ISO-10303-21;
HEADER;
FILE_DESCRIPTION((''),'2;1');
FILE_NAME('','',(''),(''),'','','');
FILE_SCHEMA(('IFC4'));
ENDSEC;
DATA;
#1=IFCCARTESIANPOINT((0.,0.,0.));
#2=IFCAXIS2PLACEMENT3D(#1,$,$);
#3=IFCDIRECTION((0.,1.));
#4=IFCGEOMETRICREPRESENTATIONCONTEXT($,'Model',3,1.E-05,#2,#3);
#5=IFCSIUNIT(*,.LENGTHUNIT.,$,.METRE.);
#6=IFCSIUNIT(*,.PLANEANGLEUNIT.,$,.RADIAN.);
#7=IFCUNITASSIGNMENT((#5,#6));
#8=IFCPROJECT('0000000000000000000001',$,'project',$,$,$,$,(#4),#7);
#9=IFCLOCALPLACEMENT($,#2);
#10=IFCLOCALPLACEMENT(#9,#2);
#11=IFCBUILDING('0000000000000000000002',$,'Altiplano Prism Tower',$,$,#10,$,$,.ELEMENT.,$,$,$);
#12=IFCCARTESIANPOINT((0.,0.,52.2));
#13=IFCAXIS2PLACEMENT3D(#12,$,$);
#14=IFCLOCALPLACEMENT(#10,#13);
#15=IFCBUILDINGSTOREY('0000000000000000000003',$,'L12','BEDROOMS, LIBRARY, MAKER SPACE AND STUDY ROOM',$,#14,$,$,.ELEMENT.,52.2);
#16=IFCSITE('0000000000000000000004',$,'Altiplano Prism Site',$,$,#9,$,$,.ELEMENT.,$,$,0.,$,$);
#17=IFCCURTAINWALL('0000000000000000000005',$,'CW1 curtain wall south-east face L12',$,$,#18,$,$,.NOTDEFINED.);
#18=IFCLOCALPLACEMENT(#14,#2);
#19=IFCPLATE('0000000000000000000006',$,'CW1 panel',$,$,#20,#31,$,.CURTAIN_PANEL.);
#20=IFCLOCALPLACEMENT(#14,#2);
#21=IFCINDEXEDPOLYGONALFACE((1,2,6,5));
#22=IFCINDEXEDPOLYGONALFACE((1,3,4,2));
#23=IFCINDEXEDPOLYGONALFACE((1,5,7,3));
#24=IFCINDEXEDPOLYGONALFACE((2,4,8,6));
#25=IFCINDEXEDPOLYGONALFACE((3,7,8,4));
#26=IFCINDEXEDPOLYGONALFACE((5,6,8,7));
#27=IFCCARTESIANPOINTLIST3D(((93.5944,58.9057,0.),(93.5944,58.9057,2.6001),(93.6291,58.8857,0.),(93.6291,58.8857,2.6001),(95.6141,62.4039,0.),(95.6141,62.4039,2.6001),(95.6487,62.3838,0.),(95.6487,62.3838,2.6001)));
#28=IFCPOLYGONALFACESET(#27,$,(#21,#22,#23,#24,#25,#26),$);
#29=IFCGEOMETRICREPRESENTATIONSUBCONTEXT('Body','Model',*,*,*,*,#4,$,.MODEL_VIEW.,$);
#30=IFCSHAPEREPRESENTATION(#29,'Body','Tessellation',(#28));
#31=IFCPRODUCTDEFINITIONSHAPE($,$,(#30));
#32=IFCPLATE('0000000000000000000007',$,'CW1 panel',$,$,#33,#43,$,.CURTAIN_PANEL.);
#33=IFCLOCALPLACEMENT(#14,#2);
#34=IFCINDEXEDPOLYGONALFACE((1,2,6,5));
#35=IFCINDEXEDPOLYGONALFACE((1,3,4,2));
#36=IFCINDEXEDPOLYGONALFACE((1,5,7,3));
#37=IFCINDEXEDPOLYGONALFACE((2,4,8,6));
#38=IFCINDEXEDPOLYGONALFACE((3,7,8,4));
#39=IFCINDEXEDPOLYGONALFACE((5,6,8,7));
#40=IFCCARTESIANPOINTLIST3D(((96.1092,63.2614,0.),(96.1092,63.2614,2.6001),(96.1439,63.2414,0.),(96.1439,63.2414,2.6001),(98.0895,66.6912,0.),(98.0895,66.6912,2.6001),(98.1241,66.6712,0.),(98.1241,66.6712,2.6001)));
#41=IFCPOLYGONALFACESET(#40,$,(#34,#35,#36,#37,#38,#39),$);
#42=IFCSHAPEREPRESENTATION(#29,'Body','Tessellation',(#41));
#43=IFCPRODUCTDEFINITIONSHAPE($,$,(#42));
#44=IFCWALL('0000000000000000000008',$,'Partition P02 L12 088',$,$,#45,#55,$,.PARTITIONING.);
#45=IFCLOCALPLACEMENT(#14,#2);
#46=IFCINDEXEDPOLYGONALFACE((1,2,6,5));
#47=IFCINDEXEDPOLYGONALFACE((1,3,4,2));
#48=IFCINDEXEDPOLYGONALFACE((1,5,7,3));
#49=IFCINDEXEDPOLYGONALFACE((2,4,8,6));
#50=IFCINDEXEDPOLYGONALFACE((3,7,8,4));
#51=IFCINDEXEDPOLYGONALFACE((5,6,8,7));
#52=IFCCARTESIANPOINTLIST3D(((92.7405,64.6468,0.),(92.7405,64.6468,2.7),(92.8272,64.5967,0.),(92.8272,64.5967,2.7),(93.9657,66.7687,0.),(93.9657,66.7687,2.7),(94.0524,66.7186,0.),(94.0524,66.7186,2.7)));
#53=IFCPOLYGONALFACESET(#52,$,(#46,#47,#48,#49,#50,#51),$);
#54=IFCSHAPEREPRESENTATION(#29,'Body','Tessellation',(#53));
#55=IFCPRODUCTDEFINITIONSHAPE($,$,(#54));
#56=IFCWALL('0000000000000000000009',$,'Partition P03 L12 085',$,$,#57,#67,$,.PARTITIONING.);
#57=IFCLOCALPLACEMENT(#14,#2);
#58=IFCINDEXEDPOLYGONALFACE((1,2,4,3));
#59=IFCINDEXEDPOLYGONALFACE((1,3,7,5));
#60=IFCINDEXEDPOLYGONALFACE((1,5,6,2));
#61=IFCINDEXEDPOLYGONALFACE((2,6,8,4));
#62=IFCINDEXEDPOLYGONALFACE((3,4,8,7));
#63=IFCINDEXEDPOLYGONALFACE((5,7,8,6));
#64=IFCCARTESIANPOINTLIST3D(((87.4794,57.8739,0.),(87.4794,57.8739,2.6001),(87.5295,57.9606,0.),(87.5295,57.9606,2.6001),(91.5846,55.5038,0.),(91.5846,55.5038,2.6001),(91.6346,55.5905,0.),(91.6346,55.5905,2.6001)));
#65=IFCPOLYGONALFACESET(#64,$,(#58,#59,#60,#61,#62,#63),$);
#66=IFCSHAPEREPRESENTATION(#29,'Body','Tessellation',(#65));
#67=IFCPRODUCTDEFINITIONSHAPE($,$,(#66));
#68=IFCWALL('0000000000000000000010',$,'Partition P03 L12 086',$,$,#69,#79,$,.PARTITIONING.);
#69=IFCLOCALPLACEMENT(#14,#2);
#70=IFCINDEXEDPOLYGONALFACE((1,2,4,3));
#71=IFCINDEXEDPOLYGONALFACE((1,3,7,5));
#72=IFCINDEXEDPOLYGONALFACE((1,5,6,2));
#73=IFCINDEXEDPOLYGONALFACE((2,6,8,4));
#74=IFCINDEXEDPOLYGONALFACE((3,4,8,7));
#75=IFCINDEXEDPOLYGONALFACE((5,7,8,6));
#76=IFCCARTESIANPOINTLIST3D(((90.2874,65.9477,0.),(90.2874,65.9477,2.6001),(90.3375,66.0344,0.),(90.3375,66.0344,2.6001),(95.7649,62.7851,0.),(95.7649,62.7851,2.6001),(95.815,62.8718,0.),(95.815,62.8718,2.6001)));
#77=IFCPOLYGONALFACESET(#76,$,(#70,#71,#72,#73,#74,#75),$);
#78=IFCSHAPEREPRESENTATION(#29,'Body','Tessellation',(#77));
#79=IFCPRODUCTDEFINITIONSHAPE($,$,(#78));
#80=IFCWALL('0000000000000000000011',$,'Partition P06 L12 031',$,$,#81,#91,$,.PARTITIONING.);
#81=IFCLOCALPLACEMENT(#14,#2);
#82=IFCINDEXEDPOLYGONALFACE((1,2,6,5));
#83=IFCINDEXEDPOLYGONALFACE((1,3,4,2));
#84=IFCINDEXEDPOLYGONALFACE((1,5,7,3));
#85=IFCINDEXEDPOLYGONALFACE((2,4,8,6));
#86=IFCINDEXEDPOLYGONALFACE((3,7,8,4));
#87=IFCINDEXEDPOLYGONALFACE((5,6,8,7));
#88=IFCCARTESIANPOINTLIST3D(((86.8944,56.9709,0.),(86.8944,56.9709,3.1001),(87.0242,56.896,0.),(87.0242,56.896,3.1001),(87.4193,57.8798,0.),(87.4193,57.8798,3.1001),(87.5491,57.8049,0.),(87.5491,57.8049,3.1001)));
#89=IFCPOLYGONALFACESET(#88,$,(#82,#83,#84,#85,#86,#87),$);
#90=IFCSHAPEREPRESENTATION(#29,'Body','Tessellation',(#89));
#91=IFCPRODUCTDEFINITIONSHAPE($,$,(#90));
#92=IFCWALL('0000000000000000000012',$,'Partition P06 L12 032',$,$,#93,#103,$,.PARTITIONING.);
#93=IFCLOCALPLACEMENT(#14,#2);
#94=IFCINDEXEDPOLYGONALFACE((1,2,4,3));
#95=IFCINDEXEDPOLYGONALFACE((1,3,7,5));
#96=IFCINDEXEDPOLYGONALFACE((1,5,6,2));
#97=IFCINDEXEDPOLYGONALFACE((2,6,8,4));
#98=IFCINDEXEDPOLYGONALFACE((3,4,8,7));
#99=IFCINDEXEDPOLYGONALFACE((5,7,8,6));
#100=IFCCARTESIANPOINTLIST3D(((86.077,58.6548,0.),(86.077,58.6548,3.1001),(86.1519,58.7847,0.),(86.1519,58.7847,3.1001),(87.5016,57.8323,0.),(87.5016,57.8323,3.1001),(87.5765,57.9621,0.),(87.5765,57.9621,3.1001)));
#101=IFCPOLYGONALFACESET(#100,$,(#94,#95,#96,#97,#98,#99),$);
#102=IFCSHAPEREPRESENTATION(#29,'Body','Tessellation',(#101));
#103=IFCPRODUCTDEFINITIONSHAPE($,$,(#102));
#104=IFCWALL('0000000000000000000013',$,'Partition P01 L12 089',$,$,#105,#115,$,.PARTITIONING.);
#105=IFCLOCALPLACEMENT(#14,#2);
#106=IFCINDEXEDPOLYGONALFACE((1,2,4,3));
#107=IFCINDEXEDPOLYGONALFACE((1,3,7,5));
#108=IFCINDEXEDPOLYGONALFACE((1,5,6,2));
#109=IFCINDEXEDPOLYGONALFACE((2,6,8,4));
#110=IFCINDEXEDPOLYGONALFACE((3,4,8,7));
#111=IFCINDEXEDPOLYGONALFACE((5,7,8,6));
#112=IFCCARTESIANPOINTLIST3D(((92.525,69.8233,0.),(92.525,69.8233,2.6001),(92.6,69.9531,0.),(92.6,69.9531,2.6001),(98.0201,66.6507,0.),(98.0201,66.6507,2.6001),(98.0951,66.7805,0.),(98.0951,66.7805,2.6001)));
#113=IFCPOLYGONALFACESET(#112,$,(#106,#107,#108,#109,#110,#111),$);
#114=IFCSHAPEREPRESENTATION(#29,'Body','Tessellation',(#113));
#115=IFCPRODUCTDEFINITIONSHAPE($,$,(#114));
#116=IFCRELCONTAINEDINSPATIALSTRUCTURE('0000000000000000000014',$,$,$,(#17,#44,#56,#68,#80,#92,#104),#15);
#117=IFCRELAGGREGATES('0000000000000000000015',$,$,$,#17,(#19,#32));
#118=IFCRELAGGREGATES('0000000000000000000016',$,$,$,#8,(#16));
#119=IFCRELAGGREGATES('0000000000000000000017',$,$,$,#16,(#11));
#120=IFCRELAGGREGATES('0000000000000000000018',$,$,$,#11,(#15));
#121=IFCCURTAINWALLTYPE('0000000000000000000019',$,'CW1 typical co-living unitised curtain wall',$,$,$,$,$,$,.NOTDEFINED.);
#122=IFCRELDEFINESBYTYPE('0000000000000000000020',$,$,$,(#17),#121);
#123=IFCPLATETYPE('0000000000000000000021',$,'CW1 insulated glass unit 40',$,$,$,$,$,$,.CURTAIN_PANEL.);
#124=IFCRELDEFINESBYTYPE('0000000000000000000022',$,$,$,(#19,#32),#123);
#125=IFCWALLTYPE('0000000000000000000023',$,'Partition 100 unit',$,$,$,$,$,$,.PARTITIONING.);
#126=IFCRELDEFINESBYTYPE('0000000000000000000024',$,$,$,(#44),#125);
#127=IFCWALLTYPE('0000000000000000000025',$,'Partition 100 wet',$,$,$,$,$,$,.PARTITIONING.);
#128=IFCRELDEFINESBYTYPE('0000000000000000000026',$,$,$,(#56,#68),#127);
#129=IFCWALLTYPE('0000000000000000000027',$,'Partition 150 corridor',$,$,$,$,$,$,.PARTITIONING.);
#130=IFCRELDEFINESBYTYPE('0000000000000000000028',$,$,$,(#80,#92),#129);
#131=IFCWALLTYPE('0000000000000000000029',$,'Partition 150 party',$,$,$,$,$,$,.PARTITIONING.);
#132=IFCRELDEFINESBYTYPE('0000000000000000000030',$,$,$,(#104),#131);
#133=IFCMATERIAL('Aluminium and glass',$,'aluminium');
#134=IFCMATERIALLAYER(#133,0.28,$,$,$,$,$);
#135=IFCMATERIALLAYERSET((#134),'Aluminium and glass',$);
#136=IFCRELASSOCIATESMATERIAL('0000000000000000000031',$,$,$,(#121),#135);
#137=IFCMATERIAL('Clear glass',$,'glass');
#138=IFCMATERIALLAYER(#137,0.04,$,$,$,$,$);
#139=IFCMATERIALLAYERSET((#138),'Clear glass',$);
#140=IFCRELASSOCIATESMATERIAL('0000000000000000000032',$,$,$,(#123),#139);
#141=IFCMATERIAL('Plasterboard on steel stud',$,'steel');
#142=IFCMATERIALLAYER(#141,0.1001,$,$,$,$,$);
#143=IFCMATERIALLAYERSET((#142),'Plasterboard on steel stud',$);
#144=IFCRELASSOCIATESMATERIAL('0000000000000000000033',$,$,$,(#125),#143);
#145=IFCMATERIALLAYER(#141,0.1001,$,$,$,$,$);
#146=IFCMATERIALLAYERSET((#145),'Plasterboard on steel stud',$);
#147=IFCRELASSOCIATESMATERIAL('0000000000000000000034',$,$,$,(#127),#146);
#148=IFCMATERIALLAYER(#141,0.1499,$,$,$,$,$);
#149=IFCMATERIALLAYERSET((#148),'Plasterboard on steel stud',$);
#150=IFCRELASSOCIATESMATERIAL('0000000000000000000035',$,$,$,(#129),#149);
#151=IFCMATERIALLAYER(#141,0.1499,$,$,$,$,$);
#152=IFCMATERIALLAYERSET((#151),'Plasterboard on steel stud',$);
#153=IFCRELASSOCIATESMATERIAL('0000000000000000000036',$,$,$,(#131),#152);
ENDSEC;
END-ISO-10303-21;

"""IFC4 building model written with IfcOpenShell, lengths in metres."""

from ifc_helpers import new_model, si_unit, direction, frame, frame_2d, origin, origin_2d, place, context, subcontext, project, spatial, rectangle, extrude, material, layer, layer_set, type_object, element, aggregate, save


model = new_model("IFC4")

# Units and contexts
model_context = context("Model", 3, precision=1e-05, world=origin(), true_north=direction((0.0, 1.0)))
body_context = subcontext(model_context, "Body", "Model", "MODEL_VIEW")
ifc_project = project(units=[si_unit("LENGTHUNIT", "METRE"), si_unit("PLANEANGLEUNIT", "RADIAN")], contexts=[model_context])

# Site, building, storey
site_placement = place(None, origin())
site = spatial("IfcSite", under=ifc_project, at=site_placement, Name="Altiplano Prism Site", CompositionType="ELEMENT", RefElevation=0.0)
building_placement = place(site_placement, origin())
building = spatial("IfcBuilding", under=site, at=building_placement, Name="Altiplano Prism Tower", CompositionType="ELEMENT")
storey_placement = place(building_placement, frame((0.0, 0.0, 52.2)))
storey = spatial("IfcBuildingStorey", under=building, at=storey_placement, Name="L12", Description="BEDROOMS, LIBRARY, MAKER SPACE AND STUDY ROOM", CompositionType="ELEMENT", Elevation=52.2)

# Curtain wall
ifc_material_1 = material(Name="Aluminium and glass", Category="aluminium")
ifc_layer_1 = layer(ifc_material_1, 0.28)
ifc_layer_set_1 = layer_set([ifc_layer_1], Name="Aluminium and glass")
curtain_wall_type = type_object("IfcCurtainWallType", Name="CW1 typical co-living unitised curtain wall", PredefinedType="NOTDEFINED", material=ifc_layer_set_1)
curtain_wall_1_placement = place(storey_placement, origin())
curtain_wall_1 = element("IfcCurtainWall", 1, at=curtain_wall_1_placement, inside=storey, type_object=curtain_wall_type, Name="CW1 curtain wall south-east face L12", PredefinedType="NOTDEFINED")

# Plates
ifc_material_2 = material(Name="Clear glass", Category="glass")
ifc_layer_2 = layer(ifc_material_2, 0.04)
ifc_layer_set_2 = layer_set([ifc_layer_2], Name="Clear glass")
plate_type = type_object("IfcPlateType", Name="CW1 insulated glass unit 40", PredefinedType="CURTAIN_PANEL", material=ifc_layer_set_2)
plate_1_placement = place(storey_placement, frame((94.6216, 60.6448, 0.0), z_axis=(0.0, 0.0, 1.0), x_axis=(0.5, 0.866025, 0.0)))
plate_1 = element("IfcPlate", 2, at=plate_1_placement, type_object=plate_type, Name="CW1 panel", PredefinedType="CURTAIN_PANEL", context=body_context, shape_type="SweptSolid", body=[
    extrude(rectangle(XDim=4.0393, YDim=0.04, at=origin_2d()), origin(), (0.0, 0.0, 1.0), 2.6001),
])
plate_2_placement = place(storey_placement, frame((97.1167, 64.9663, 0.0), z_axis=(0.0, 0.0, 1.0), x_axis=(0.5, 0.866025, 0.0)))
plate_2 = element("IfcPlate", 3, at=plate_2_placement, type_object=plate_type, Name="CW1 panel", PredefinedType="CURTAIN_PANEL", context=body_context, shape_type="SweptSolid", body=[
    extrude(rectangle(XDim=3.9604, YDim=0.04, at=origin_2d()), origin(), (0.0, 0.0, 1.0), 2.6001),
])
aggregate(curtain_wall_1, [plate_1, plate_2])

# Walls
ifc_material_3 = material(Name="Plasterboard on steel stud", Category="steel")
ifc_layer_3 = layer(ifc_material_3, 0.1001)
ifc_layer_set_3 = layer_set([ifc_layer_3], Name="Plasterboard on steel stud")
wall_type_1 = type_object("IfcWallType", Name="Partition 100 unit", PredefinedType="PARTITIONING", material=ifc_layer_set_3)
wall_1_placement = place(storey_placement, frame((94.009, 66.7437, 0.0), z_axis=(0.0, 0.0, 1.0), x_axis=(-0.500019, -0.866015, 0.0)))
element("IfcWall", 4, at=wall_1_placement, inside=storey, type_object=wall_type_1, Name="Partition P02 L12 088", PredefinedType="PARTITIONING", context=body_context, shape_type="SweptSolid", body=[
    extrude(rectangle(XDim=2.4502, YDim=0.1001, at=frame_2d((1.2251, 0.0))), origin(), (0.0, 0.0, 1.0), 2.7),
])
ifc_layer_4 = layer(ifc_material_3, 0.1001)
ifc_layer_set_4 = layer_set([ifc_layer_4], Name="Plasterboard on steel stud")
wall_type_2 = type_object("IfcWallType", Name="Partition 100 wet", PredefinedType="PARTITIONING", material=ifc_layer_set_4)
wall_2_placement = place(storey_placement, frame((91.6096, 55.5471, 0.0), z_axis=(0.0, 0.0, 1.0), x_axis=(-0.866029, 0.499994, 0.0)))
element("IfcWall", 5, at=wall_2_placement, inside=storey, type_object=wall_type_2, Name="Partition P03 L12 085", PredefinedType="PARTITIONING", context=body_context, shape_type="SweptSolid", body=[
    extrude(rectangle(XDim=4.7402, YDim=0.1001, at=frame_2d((2.3701, 0.0))), origin(), (0.0, 0.0, 1.0), 2.6001),
])
wall_3_placement = place(storey_placement, frame((95.79, 62.8284, 0.0), z_axis=(0.0, 0.0, 1.0), x_axis=(-0.866016, 0.500016, 0.0)))
element("IfcWall", 6, at=wall_3_placement, inside=storey, type_object=wall_type_2, Name="Partition P03 L12 086", PredefinedType="PARTITIONING", context=body_context, shape_type="SweptSolid", body=[
    extrude(rectangle(XDim=6.325, YDim=0.1001, at=frame_2d((3.1626, 0.0))), origin(), (0.0, 0.0, 1.0), 2.6001),
])
ifc_layer_5 = layer(ifc_material_3, 0.1499)
ifc_layer_set_5 = layer_set([ifc_layer_5], Name="Plasterboard on steel stud")
wall_type_3 = type_object("IfcWallType", Name="Partition 150 corridor", PredefinedType="PARTITIONING", material=ifc_layer_set_5)
wall_4_placement = place(storey_placement, frame((86.9592, 56.9333, 0.0), z_axis=(0.0, 0.0, 1.0), x_axis=(0.500092, 0.865973, 0.0)))
element("IfcWall", 7, at=wall_4_placement, inside=storey, type_object=wall_type_3, Name="Partition P06 L12 031", PredefinedType="PARTITIONING", context=body_context, shape_type="SweptSolid", body=[
    extrude(rectangle(XDim=1.0496, YDim=0.1499, at=frame_2d((0.5249, 0.0))), origin(), (0.0, 0.0, 1.0), 3.1001),
])
wall_5_placement = place(storey_placement, frame((87.5391, 57.8972, 0.0), z_axis=(0.0, 0.0, 1.0), x_axis=(-0.866015, 0.500018, 0.0)))
element("IfcWall", 8, at=wall_5_placement, inside=storey, type_object=wall_type_3, Name="Partition P06 L12 032", PredefinedType="PARTITIONING", context=body_context, shape_type="SweptSolid", body=[
    extrude(rectangle(XDim=1.645, YDim=0.1499, at=frame_2d((0.8225, 0.0))), origin(), (0.0, 0.0, 1.0), 3.1001),
])

# Wall
ifc_layer_6 = layer(ifc_material_3, 0.1499)
ifc_layer_set_6 = layer_set([ifc_layer_6], Name="Plasterboard on steel stud")
wall_type_4 = type_object("IfcWallType", Name="Partition 150 party", PredefinedType="PARTITIONING", material=ifc_layer_set_6)
wall_6_placement = place(storey_placement, frame((98.0576, 66.7156, 0.0), z_axis=(0.0, 0.0, 1.0), x_axis=(-0.866025, 0.5, 0.0)))
element("IfcWall", 9, at=wall_6_placement, inside=storey, type_object=wall_type_4, Name="Partition P01 L12 089", PredefinedType="PARTITIONING", context=body_context, shape_type="SweptSolid", body=[
    extrude(rectangle(XDim=6.3452, YDim=0.1499, at=frame_2d((3.1726, 0.0))), origin(), (0.0, 0.0, 1.0), 2.6001),
])

save(model, "model.ifc")
